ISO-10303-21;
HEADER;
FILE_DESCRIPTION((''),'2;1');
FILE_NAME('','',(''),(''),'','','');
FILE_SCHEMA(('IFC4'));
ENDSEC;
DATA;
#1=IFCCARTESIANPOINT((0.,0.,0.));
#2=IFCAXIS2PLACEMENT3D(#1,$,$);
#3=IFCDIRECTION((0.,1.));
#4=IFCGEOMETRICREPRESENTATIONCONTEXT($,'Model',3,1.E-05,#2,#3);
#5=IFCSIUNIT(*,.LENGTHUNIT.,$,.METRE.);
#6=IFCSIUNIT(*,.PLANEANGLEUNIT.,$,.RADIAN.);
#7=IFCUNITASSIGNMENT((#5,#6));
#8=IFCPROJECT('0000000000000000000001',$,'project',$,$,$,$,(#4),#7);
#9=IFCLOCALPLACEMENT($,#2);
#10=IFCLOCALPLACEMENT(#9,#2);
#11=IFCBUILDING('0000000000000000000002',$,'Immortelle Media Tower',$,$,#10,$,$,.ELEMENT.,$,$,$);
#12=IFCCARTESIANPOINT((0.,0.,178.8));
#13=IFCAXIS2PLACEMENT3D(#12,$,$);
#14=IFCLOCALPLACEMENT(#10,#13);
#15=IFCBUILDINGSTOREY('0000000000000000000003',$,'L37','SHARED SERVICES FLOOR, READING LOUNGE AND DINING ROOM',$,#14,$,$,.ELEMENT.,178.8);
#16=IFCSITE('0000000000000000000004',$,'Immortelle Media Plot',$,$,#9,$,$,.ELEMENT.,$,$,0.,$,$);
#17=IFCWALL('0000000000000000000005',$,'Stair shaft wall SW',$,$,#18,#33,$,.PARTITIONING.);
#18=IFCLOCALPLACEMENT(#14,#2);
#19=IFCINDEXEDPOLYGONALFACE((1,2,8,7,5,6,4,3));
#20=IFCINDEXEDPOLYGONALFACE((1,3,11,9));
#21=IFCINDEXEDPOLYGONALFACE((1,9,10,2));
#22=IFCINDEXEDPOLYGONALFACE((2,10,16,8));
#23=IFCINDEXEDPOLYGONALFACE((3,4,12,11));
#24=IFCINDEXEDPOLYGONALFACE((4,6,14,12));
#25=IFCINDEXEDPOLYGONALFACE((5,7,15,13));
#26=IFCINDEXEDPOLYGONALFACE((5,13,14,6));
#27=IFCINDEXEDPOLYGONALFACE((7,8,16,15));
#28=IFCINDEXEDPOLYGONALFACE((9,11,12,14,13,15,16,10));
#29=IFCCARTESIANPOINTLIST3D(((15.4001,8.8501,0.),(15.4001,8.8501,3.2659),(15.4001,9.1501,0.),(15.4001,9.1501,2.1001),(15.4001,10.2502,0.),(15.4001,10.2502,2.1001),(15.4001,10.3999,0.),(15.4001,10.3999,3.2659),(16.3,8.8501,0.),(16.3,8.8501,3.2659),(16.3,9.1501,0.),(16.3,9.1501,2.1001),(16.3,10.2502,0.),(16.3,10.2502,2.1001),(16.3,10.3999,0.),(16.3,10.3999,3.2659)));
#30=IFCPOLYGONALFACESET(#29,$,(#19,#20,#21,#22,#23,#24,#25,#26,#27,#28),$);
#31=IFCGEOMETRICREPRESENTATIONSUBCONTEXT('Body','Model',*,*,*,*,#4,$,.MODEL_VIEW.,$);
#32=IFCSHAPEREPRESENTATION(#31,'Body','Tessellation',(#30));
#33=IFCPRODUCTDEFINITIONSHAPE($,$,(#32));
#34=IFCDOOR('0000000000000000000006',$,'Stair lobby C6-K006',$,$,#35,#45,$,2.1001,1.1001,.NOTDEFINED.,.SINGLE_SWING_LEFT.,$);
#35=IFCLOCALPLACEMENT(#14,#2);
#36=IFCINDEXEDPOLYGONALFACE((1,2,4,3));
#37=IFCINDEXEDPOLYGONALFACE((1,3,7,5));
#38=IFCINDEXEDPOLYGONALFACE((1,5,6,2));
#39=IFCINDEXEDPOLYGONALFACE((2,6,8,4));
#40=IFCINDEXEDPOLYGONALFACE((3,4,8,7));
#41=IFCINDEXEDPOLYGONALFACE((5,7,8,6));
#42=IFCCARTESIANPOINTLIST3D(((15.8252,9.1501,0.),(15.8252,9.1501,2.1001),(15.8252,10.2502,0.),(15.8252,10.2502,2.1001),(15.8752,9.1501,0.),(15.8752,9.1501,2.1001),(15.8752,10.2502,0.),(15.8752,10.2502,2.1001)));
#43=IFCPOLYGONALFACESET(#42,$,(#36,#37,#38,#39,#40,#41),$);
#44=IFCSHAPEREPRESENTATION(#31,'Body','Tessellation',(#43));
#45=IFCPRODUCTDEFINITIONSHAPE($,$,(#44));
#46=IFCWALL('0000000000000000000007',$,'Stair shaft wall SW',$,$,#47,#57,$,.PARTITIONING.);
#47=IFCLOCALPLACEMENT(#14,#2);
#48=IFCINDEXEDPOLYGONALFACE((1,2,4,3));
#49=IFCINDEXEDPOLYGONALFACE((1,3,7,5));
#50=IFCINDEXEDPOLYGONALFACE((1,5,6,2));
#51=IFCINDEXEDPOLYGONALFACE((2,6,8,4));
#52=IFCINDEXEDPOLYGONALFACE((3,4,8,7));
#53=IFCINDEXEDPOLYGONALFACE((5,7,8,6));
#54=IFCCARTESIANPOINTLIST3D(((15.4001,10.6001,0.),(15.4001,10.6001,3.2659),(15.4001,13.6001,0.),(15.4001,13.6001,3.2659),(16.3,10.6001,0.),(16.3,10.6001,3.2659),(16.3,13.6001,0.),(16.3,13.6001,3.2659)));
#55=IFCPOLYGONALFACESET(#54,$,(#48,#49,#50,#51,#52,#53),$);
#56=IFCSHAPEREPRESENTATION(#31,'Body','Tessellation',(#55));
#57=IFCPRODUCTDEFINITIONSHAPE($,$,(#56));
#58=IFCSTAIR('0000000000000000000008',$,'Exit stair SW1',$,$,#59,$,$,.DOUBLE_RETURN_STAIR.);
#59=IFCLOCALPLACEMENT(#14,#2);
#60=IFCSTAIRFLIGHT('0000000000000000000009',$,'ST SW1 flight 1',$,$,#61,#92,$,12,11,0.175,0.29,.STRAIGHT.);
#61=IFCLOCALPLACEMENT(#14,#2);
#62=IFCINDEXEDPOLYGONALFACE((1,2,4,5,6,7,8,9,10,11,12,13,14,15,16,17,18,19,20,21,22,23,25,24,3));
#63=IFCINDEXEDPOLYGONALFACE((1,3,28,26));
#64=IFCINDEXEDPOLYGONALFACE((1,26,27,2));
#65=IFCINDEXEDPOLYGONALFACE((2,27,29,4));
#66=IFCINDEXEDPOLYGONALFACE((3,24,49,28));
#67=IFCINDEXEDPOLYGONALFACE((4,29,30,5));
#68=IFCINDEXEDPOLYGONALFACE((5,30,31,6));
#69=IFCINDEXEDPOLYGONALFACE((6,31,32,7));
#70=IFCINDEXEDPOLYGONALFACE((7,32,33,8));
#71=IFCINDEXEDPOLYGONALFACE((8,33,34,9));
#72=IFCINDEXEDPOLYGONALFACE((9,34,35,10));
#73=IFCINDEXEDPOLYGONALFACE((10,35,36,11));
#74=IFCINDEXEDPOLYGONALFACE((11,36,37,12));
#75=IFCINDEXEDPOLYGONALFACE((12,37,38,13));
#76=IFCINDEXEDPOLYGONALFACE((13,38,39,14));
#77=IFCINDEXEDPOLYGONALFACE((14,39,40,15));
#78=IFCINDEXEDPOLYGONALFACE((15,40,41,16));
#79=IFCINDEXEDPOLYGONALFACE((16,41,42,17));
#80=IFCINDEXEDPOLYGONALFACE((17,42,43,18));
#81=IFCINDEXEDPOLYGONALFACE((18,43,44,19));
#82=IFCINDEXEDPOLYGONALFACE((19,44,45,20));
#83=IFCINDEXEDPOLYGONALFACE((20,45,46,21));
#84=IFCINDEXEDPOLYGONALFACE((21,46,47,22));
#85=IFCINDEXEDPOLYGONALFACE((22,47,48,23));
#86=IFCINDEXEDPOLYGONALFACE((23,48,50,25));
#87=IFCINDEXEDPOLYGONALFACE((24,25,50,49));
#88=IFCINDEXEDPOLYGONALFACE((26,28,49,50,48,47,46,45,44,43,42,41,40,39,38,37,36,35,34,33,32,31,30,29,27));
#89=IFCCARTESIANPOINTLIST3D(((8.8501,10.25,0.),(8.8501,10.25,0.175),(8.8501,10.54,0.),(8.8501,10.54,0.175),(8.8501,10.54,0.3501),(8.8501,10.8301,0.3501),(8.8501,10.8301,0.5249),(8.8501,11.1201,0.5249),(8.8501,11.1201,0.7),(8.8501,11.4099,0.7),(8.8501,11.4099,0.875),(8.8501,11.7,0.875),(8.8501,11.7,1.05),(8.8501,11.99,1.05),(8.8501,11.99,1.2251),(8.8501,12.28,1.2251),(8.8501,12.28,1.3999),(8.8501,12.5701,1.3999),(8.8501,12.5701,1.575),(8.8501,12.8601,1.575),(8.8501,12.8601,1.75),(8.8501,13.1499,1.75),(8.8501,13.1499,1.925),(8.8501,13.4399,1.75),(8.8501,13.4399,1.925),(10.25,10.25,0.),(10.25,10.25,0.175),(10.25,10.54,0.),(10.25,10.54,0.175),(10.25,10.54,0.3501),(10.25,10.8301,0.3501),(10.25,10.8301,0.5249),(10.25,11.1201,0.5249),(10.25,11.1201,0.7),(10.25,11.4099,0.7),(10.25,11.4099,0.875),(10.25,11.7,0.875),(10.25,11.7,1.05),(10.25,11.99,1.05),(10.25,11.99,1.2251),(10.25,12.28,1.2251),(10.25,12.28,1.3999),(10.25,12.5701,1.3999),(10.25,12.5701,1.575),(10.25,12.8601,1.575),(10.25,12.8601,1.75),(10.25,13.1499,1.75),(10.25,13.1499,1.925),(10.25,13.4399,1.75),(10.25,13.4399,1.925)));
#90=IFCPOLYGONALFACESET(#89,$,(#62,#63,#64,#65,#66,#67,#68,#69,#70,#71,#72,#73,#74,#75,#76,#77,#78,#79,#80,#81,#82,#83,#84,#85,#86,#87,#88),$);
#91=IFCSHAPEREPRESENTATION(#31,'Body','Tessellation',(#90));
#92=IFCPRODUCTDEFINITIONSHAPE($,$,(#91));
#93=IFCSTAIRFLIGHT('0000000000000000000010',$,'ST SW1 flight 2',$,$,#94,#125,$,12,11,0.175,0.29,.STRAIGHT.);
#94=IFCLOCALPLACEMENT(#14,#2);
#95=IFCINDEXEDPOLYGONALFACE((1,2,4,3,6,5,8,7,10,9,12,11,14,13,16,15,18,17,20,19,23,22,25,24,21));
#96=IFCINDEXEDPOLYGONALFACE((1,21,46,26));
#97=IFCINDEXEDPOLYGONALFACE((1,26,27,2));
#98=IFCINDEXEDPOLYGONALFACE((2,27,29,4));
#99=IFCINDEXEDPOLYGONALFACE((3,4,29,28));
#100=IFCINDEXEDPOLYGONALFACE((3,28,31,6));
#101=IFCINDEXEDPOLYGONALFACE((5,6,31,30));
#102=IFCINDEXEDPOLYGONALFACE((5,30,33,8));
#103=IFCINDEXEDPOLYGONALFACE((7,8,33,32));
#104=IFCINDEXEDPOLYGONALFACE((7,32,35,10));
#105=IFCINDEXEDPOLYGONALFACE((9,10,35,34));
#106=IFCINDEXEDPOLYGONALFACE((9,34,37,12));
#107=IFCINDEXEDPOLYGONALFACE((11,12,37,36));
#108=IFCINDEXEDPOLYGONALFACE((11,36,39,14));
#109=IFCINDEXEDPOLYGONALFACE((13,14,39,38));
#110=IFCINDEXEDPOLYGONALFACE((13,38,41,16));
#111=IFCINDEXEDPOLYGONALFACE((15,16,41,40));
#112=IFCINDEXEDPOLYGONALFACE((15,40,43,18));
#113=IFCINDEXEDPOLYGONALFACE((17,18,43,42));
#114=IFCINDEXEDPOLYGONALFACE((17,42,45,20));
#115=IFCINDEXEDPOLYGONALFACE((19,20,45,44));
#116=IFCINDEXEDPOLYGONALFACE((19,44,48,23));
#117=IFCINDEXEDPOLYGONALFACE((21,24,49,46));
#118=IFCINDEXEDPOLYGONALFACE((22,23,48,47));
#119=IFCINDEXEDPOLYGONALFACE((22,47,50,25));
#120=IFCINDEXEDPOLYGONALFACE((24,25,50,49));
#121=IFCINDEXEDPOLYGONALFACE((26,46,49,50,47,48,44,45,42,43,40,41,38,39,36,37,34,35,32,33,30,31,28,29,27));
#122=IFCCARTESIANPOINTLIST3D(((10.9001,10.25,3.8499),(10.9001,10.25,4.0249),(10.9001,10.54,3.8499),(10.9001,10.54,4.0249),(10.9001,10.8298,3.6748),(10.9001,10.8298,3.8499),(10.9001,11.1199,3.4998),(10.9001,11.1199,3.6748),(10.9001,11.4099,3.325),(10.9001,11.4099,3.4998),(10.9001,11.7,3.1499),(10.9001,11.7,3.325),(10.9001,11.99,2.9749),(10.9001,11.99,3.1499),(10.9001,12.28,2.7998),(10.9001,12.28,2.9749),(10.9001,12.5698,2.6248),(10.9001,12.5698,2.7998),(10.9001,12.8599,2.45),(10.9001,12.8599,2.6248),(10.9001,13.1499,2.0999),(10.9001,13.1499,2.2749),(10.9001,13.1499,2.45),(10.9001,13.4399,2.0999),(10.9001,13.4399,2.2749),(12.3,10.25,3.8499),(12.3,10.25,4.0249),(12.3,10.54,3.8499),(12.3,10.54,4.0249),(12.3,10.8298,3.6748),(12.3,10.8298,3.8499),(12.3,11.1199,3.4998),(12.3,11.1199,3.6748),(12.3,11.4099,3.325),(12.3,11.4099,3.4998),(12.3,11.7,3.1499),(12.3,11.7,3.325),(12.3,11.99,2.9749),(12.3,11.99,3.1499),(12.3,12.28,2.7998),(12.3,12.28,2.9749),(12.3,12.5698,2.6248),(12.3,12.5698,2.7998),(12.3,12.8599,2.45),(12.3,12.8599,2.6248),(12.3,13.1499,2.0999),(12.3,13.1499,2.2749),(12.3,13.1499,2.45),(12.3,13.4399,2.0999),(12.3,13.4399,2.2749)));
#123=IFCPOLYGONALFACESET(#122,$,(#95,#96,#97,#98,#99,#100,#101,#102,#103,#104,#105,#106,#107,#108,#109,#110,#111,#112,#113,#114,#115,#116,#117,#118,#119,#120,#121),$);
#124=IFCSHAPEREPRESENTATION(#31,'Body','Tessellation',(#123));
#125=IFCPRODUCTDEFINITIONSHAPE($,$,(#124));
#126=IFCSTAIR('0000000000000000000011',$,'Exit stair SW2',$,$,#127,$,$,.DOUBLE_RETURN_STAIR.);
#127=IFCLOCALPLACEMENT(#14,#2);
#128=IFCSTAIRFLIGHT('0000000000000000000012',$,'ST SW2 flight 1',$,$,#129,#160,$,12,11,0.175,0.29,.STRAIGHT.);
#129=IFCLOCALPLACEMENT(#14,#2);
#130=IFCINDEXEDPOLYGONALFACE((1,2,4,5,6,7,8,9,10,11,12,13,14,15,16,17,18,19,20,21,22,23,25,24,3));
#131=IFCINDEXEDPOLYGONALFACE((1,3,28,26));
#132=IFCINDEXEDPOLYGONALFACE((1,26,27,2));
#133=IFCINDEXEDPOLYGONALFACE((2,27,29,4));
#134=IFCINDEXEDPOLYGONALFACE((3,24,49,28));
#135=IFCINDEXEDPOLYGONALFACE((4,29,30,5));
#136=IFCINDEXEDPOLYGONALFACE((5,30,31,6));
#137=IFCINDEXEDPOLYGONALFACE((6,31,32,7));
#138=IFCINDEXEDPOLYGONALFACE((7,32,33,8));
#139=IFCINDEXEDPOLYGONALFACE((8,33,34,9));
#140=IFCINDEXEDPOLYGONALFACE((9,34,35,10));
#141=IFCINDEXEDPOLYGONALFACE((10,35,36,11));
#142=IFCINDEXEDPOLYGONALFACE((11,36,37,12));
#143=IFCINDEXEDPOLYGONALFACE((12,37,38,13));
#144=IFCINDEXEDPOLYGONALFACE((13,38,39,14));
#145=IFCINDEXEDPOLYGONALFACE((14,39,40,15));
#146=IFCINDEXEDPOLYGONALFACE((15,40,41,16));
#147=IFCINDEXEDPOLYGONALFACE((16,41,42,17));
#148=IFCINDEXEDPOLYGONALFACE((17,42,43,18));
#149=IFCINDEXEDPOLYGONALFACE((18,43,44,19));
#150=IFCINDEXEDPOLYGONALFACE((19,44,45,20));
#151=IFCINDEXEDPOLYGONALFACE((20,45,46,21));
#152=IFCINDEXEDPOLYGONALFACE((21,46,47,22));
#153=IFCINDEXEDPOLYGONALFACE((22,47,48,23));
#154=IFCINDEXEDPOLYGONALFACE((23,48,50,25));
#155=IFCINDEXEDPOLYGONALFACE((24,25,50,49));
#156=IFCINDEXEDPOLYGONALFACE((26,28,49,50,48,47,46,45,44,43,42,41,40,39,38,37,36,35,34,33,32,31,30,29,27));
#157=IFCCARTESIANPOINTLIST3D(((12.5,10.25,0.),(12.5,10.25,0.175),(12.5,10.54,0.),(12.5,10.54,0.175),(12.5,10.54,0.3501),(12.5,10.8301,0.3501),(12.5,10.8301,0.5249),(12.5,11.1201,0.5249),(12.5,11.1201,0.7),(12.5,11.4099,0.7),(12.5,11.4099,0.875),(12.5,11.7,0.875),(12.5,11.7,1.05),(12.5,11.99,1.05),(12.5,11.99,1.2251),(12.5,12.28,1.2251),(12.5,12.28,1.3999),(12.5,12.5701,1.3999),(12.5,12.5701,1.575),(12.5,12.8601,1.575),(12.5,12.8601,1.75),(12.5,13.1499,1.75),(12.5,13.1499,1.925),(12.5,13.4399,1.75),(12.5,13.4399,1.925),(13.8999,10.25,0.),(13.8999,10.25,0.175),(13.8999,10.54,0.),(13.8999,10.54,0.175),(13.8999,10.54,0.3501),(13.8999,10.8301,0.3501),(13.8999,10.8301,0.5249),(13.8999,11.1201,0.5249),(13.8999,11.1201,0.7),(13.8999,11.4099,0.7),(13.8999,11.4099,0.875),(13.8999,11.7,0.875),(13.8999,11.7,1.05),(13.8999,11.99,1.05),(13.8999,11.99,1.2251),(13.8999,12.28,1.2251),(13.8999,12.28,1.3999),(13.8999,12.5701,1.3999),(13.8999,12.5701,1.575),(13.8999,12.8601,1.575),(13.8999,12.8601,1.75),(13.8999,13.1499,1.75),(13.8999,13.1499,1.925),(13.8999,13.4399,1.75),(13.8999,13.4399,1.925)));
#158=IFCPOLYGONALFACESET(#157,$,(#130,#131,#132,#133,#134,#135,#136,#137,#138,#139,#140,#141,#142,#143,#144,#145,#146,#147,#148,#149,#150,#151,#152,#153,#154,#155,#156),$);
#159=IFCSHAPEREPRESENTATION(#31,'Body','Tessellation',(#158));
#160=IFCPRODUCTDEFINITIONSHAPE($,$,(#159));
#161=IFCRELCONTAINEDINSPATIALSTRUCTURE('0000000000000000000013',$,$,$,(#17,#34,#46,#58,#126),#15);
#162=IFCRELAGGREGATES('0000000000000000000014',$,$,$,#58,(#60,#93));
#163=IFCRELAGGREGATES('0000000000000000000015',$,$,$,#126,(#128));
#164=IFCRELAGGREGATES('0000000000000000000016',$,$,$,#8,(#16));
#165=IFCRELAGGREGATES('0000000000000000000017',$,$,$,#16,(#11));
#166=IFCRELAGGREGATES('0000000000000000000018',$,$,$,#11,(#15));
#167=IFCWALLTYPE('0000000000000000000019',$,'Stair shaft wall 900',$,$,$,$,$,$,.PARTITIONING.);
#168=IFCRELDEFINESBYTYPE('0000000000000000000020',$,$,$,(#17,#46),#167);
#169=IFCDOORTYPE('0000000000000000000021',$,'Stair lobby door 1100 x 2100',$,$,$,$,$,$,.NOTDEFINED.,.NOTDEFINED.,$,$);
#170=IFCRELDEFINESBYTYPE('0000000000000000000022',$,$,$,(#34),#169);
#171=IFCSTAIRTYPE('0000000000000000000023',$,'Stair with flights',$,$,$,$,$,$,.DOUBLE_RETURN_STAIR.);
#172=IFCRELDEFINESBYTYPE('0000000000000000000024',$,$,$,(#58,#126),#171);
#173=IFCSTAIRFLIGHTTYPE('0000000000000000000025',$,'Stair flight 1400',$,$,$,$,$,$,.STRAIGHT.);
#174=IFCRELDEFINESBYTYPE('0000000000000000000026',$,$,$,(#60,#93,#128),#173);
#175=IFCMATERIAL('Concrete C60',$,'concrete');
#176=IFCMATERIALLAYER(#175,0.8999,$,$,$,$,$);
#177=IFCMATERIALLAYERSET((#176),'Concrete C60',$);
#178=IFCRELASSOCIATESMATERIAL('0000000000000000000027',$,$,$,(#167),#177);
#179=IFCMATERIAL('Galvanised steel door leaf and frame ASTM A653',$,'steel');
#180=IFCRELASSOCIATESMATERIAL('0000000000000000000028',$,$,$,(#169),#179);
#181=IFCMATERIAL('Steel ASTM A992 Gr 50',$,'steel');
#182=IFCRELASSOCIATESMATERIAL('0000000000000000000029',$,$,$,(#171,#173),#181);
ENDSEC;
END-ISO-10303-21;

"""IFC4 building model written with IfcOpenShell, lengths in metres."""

from ifc_helpers import new_model, si_unit, direction, frame, frame_2d, origin, place, context, subcontext, project, spatial, polyline, rectangle, outline, extrude, material, layer, layer_set, type_object, element, fill, aggregate, save


model = new_model("IFC4")

# Units and contexts
model_context = context("Model", 3, precision=1e-05, world=origin(), true_north=direction((0.0, 1.0)))
body_context = subcontext(model_context, "Body", "Model", "MODEL_VIEW")
ifc_project = project(units=[si_unit("LENGTHUNIT", "METRE"), si_unit("PLANEANGLEUNIT", "RADIAN")], contexts=[model_context])

# Site, building, storey
site_placement = place(None, origin())
site = spatial("IfcSite", under=ifc_project, at=site_placement, Name="Immortelle Media Plot", CompositionType="ELEMENT", RefElevation=0.0)
building_placement = place(site_placement, origin())
building = spatial("IfcBuilding", under=site, at=building_placement, Name="Immortelle Media Tower", CompositionType="ELEMENT")
storey_placement = place(building_placement, frame((0.0, 0.0, 178.8)))
storey = spatial("IfcBuildingStorey", under=building, at=storey_placement, Name="L37", Description="SHARED SERVICES FLOOR, READING LOUNGE AND DINING ROOM", CompositionType="ELEMENT", Elevation=178.8)

# Shared definitions
ifc_material_1 = material(Name="Steel ASTM A992 Gr 50", Category="steel")

# Wall, opening, door
ifc_material_2 = material(Name="Concrete C60", Category="concrete")
ifc_layer_1 = layer(ifc_material_2, 0.8999)
ifc_layer_set_1 = layer_set([ifc_layer_1], Name="Concrete C60")
wall_type_1 = type_object("IfcWallType", Name="Stair shaft wall 900", PredefinedType="PARTITIONING", material=ifc_layer_set_1)
wall_1_placement = place(storey_placement, frame((15.8501, 8.8501, 0.0), z_axis=(0.0, 0.0, 1.0), x_axis=(0.0, 1.0, 0.0)))
wall_1 = element("IfcWall", 1, at=wall_1_placement, inside=storey, type_object=wall_type_1, Name="Stair shaft wall SW", PredefinedType="PARTITIONING", context=body_context, shape_type="SweptSolid", body=[
    extrude(rectangle(XDim=1.5498, YDim=0.8999, at=frame_2d((0.7749, 0.0))), origin(), (0.0, 0.0, 1.0), 3.2659),
])
opening_1_placement = place(wall_1_placement, frame((0.3, 0.0, 0.0)))
opening_1 = element("IfcOpeningElement", 2, at=opening_1_placement, cuts=wall_1, PredefinedType="OPENING", context=body_context, shape_type="SweptSolid", body=[
    extrude(rectangle(XDim=1.1001, YDim=2.1001, at=frame_2d((0.55, 1.05))), frame((0.0, 0.46, 0.0), z_axis=(0.0, -1.0, 0.0), x_axis=(1.0, 0.0, 0.0)), (0.0, 0.0, 1.0), 0.9199),
])
ifc_material_3 = material(Name="Galvanised steel door leaf and frame ASTM A653", Category="steel")
door_type_1 = type_object("IfcDoorType", Name="Stair lobby door 1100 x 2100", OperationType="NOTDEFINED", PredefinedType="NOTDEFINED", material=ifc_material_3)
door_1_placement = place(opening_1_placement, origin())
door_1 = element("IfcDoor", 3, at=door_1_placement, inside=storey, type_object=door_type_1, Name="Stair lobby C6-K006", OperationType="SINGLE_SWING_LEFT", OverallHeight=2.1001, OverallWidth=1.1001, PredefinedType="NOTDEFINED", context=body_context, shape_type="SweptSolid", body=[
    extrude(rectangle(XDim=1.1001, YDim=2.1001, at=frame_2d((0.55, 1.05))), frame((0.0, 0.0249, 0.0), z_axis=(0.0, -1.0, 0.0), x_axis=(1.0, 0.0, 0.0)), (0.0, 0.0, 1.0), 0.05),
])
fill(opening_1, door_1)

# Wall
wall_2_placement = place(storey_placement, frame((15.8501, 10.6001, 0.0), z_axis=(0.0, 0.0, 1.0), x_axis=(0.0, 1.0, 0.0)))
element("IfcWall", 4, at=wall_2_placement, inside=storey, type_object=wall_type_1, Name="Stair shaft wall SW", PredefinedType="PARTITIONING", context=body_context, shape_type="SweptSolid", body=[
    extrude(rectangle(XDim=3.0, YDim=0.8999, at=frame_2d((1.5, 0.0))), origin(), (0.0, 0.0, 1.0), 3.2659),
])

# Stairs, stair flights
stair_type = type_object("IfcStairType", Name="Stair with flights", PredefinedType="DOUBLE_RETURN_STAIR", material=ifc_material_1)
stair_1_placement = place(storey_placement, origin())
stair_1 = element("IfcStair", 5, at=stair_1_placement, inside=storey, type_object=stair_type, Name="Exit stair SW1", PredefinedType="DOUBLE_RETURN_STAIR")
stair_flight_type = type_object("IfcStairFlightType", Name="Stair flight 1400", PredefinedType="STRAIGHT", material=ifc_material_1)
stair_flight_1_placement = place(storey_placement, frame((9.55, 10.25, 0.0), z_axis=(0.0, 0.0, 1.0), x_axis=(0.0, 1.0, 0.0)))
stair_flight_1 = element("IfcStairFlight", 6, at=stair_flight_1_placement, type_object=stair_flight_type, Name="ST SW1 flight 1", NumberOfRisers=12, NumberOfTreads=11, PredefinedType="STRAIGHT", RiserHeight=0.175, TreadLength=0.29, context=body_context, shape_type="SweptSolid", body=[
    extrude(outline(polyline([(0.0, 0.0), (0.0, 0.175), (0.29, 0.175), (0.29, 0.3501), (0.5801, 0.3501), (0.5801, 0.5249), (0.8701, 0.5249), (0.8701, 0.7), (1.1599, 0.7), (1.1599, 0.875), (1.45, 0.875), (1.45, 1.05), (1.74, 1.05), (1.74, 1.2251), (2.03, 1.2251), (2.03, 1.3999), (2.3201, 1.3999), (2.3201, 1.575), (2.6101, 1.575), (2.6101, 1.75), (2.8999, 1.75), (2.8999, 1.925), (3.1899, 1.925), (3.1899, 2.1001), (3.1899, 1.75), (0.29, 0.0), (0.0, 0.0)])), frame((0.0, 0.7, 0.0), z_axis=(0.0, -1.0, 0.0), x_axis=(1.0, 0.0, 0.0)), (0.0, 0.0, 1.0), 1.3999),
])
stair_flight_2_placement = place(storey_placement, frame((11.6001, 13.4399, 2.0999), z_axis=(0.0, 0.0, 1.0), x_axis=(0.0, -1.0, 0.0)))
stair_flight_2 = element("IfcStairFlight", 7, at=stair_flight_2_placement, type_object=stair_flight_type, Name="ST SW1 flight 2", NumberOfRisers=12, NumberOfTreads=11, PredefinedType="STRAIGHT", RiserHeight=0.175, TreadLength=0.29, context=body_context, shape_type="SweptSolid", body=[
    extrude(outline(polyline([(0.0, 0.0), (0.0, 0.175), (0.29, 0.175), (0.29, 0.3501), (0.5801, 0.3501), (0.5801, 0.5249), (0.8701, 0.5249), (0.8701, 0.7), (1.1599, 0.7), (1.1599, 0.875), (1.45, 0.875), (1.45, 1.05), (1.74, 1.05), (1.74, 1.2251), (2.03, 1.2251), (2.03, 1.3999), (2.3201, 1.3999), (2.3201, 1.575), (2.6101, 1.575), (2.6101, 1.75), (2.8999, 1.75), (2.8999, 1.925), (3.1899, 1.925), (3.1899, 2.1001), (3.1899, 1.75), (0.29, 0.0), (0.0, 0.0)])), frame((0.0, 0.7, 0.0), z_axis=(0.0, -1.0, 0.0), x_axis=(1.0, 0.0, 0.0)), (0.0, 0.0, 1.0), 1.3999),
])
aggregate(stair_1, [stair_flight_1, stair_flight_2])
stair_2_placement = place(storey_placement, origin())
stair_2 = element("IfcStair", 8, at=stair_2_placement, inside=storey, type_object=stair_type, Name="Exit stair SW2", PredefinedType="DOUBLE_RETURN_STAIR")
stair_flight_3_placement = place(storey_placement, frame((13.2, 10.25, 0.0), z_axis=(0.0, 0.0, 1.0), x_axis=(0.0, 1.0, 0.0)))
stair_flight_3 = element("IfcStairFlight", 9, at=stair_flight_3_placement, type_object=stair_flight_type, Name="ST SW2 flight 1", NumberOfRisers=12, NumberOfTreads=11, PredefinedType="STRAIGHT", RiserHeight=0.175, TreadLength=0.29, context=body_context, shape_type="SweptSolid", body=[
    extrude(outline(polyline([(0.0, 0.0), (0.0, 0.175), (0.29, 0.175), (0.29, 0.3501), (0.5801, 0.3501), (0.5801, 0.5249), (0.8701, 0.5249), (0.8701, 0.7), (1.1599, 0.7), (1.1599, 0.875), (1.45, 0.875), (1.45, 1.05), (1.74, 1.05), (1.74, 1.2251), (2.03, 1.2251), (2.03, 1.3999), (2.3201, 1.3999), (2.3201, 1.575), (2.6101, 1.575), (2.6101, 1.75), (2.8999, 1.75), (2.8999, 1.925), (3.1899, 1.925), (3.1899, 2.1001), (3.1899, 1.75), (0.29, 0.0), (0.0, 0.0)])), frame((0.0, 0.7, 0.0), z_axis=(0.0, -1.0, 0.0), x_axis=(1.0, 0.0, 0.0)), (0.0, 0.0, 1.0), 1.3999),
])
aggregate(stair_2, [stair_flight_3])

save(model, "model.ifc")
